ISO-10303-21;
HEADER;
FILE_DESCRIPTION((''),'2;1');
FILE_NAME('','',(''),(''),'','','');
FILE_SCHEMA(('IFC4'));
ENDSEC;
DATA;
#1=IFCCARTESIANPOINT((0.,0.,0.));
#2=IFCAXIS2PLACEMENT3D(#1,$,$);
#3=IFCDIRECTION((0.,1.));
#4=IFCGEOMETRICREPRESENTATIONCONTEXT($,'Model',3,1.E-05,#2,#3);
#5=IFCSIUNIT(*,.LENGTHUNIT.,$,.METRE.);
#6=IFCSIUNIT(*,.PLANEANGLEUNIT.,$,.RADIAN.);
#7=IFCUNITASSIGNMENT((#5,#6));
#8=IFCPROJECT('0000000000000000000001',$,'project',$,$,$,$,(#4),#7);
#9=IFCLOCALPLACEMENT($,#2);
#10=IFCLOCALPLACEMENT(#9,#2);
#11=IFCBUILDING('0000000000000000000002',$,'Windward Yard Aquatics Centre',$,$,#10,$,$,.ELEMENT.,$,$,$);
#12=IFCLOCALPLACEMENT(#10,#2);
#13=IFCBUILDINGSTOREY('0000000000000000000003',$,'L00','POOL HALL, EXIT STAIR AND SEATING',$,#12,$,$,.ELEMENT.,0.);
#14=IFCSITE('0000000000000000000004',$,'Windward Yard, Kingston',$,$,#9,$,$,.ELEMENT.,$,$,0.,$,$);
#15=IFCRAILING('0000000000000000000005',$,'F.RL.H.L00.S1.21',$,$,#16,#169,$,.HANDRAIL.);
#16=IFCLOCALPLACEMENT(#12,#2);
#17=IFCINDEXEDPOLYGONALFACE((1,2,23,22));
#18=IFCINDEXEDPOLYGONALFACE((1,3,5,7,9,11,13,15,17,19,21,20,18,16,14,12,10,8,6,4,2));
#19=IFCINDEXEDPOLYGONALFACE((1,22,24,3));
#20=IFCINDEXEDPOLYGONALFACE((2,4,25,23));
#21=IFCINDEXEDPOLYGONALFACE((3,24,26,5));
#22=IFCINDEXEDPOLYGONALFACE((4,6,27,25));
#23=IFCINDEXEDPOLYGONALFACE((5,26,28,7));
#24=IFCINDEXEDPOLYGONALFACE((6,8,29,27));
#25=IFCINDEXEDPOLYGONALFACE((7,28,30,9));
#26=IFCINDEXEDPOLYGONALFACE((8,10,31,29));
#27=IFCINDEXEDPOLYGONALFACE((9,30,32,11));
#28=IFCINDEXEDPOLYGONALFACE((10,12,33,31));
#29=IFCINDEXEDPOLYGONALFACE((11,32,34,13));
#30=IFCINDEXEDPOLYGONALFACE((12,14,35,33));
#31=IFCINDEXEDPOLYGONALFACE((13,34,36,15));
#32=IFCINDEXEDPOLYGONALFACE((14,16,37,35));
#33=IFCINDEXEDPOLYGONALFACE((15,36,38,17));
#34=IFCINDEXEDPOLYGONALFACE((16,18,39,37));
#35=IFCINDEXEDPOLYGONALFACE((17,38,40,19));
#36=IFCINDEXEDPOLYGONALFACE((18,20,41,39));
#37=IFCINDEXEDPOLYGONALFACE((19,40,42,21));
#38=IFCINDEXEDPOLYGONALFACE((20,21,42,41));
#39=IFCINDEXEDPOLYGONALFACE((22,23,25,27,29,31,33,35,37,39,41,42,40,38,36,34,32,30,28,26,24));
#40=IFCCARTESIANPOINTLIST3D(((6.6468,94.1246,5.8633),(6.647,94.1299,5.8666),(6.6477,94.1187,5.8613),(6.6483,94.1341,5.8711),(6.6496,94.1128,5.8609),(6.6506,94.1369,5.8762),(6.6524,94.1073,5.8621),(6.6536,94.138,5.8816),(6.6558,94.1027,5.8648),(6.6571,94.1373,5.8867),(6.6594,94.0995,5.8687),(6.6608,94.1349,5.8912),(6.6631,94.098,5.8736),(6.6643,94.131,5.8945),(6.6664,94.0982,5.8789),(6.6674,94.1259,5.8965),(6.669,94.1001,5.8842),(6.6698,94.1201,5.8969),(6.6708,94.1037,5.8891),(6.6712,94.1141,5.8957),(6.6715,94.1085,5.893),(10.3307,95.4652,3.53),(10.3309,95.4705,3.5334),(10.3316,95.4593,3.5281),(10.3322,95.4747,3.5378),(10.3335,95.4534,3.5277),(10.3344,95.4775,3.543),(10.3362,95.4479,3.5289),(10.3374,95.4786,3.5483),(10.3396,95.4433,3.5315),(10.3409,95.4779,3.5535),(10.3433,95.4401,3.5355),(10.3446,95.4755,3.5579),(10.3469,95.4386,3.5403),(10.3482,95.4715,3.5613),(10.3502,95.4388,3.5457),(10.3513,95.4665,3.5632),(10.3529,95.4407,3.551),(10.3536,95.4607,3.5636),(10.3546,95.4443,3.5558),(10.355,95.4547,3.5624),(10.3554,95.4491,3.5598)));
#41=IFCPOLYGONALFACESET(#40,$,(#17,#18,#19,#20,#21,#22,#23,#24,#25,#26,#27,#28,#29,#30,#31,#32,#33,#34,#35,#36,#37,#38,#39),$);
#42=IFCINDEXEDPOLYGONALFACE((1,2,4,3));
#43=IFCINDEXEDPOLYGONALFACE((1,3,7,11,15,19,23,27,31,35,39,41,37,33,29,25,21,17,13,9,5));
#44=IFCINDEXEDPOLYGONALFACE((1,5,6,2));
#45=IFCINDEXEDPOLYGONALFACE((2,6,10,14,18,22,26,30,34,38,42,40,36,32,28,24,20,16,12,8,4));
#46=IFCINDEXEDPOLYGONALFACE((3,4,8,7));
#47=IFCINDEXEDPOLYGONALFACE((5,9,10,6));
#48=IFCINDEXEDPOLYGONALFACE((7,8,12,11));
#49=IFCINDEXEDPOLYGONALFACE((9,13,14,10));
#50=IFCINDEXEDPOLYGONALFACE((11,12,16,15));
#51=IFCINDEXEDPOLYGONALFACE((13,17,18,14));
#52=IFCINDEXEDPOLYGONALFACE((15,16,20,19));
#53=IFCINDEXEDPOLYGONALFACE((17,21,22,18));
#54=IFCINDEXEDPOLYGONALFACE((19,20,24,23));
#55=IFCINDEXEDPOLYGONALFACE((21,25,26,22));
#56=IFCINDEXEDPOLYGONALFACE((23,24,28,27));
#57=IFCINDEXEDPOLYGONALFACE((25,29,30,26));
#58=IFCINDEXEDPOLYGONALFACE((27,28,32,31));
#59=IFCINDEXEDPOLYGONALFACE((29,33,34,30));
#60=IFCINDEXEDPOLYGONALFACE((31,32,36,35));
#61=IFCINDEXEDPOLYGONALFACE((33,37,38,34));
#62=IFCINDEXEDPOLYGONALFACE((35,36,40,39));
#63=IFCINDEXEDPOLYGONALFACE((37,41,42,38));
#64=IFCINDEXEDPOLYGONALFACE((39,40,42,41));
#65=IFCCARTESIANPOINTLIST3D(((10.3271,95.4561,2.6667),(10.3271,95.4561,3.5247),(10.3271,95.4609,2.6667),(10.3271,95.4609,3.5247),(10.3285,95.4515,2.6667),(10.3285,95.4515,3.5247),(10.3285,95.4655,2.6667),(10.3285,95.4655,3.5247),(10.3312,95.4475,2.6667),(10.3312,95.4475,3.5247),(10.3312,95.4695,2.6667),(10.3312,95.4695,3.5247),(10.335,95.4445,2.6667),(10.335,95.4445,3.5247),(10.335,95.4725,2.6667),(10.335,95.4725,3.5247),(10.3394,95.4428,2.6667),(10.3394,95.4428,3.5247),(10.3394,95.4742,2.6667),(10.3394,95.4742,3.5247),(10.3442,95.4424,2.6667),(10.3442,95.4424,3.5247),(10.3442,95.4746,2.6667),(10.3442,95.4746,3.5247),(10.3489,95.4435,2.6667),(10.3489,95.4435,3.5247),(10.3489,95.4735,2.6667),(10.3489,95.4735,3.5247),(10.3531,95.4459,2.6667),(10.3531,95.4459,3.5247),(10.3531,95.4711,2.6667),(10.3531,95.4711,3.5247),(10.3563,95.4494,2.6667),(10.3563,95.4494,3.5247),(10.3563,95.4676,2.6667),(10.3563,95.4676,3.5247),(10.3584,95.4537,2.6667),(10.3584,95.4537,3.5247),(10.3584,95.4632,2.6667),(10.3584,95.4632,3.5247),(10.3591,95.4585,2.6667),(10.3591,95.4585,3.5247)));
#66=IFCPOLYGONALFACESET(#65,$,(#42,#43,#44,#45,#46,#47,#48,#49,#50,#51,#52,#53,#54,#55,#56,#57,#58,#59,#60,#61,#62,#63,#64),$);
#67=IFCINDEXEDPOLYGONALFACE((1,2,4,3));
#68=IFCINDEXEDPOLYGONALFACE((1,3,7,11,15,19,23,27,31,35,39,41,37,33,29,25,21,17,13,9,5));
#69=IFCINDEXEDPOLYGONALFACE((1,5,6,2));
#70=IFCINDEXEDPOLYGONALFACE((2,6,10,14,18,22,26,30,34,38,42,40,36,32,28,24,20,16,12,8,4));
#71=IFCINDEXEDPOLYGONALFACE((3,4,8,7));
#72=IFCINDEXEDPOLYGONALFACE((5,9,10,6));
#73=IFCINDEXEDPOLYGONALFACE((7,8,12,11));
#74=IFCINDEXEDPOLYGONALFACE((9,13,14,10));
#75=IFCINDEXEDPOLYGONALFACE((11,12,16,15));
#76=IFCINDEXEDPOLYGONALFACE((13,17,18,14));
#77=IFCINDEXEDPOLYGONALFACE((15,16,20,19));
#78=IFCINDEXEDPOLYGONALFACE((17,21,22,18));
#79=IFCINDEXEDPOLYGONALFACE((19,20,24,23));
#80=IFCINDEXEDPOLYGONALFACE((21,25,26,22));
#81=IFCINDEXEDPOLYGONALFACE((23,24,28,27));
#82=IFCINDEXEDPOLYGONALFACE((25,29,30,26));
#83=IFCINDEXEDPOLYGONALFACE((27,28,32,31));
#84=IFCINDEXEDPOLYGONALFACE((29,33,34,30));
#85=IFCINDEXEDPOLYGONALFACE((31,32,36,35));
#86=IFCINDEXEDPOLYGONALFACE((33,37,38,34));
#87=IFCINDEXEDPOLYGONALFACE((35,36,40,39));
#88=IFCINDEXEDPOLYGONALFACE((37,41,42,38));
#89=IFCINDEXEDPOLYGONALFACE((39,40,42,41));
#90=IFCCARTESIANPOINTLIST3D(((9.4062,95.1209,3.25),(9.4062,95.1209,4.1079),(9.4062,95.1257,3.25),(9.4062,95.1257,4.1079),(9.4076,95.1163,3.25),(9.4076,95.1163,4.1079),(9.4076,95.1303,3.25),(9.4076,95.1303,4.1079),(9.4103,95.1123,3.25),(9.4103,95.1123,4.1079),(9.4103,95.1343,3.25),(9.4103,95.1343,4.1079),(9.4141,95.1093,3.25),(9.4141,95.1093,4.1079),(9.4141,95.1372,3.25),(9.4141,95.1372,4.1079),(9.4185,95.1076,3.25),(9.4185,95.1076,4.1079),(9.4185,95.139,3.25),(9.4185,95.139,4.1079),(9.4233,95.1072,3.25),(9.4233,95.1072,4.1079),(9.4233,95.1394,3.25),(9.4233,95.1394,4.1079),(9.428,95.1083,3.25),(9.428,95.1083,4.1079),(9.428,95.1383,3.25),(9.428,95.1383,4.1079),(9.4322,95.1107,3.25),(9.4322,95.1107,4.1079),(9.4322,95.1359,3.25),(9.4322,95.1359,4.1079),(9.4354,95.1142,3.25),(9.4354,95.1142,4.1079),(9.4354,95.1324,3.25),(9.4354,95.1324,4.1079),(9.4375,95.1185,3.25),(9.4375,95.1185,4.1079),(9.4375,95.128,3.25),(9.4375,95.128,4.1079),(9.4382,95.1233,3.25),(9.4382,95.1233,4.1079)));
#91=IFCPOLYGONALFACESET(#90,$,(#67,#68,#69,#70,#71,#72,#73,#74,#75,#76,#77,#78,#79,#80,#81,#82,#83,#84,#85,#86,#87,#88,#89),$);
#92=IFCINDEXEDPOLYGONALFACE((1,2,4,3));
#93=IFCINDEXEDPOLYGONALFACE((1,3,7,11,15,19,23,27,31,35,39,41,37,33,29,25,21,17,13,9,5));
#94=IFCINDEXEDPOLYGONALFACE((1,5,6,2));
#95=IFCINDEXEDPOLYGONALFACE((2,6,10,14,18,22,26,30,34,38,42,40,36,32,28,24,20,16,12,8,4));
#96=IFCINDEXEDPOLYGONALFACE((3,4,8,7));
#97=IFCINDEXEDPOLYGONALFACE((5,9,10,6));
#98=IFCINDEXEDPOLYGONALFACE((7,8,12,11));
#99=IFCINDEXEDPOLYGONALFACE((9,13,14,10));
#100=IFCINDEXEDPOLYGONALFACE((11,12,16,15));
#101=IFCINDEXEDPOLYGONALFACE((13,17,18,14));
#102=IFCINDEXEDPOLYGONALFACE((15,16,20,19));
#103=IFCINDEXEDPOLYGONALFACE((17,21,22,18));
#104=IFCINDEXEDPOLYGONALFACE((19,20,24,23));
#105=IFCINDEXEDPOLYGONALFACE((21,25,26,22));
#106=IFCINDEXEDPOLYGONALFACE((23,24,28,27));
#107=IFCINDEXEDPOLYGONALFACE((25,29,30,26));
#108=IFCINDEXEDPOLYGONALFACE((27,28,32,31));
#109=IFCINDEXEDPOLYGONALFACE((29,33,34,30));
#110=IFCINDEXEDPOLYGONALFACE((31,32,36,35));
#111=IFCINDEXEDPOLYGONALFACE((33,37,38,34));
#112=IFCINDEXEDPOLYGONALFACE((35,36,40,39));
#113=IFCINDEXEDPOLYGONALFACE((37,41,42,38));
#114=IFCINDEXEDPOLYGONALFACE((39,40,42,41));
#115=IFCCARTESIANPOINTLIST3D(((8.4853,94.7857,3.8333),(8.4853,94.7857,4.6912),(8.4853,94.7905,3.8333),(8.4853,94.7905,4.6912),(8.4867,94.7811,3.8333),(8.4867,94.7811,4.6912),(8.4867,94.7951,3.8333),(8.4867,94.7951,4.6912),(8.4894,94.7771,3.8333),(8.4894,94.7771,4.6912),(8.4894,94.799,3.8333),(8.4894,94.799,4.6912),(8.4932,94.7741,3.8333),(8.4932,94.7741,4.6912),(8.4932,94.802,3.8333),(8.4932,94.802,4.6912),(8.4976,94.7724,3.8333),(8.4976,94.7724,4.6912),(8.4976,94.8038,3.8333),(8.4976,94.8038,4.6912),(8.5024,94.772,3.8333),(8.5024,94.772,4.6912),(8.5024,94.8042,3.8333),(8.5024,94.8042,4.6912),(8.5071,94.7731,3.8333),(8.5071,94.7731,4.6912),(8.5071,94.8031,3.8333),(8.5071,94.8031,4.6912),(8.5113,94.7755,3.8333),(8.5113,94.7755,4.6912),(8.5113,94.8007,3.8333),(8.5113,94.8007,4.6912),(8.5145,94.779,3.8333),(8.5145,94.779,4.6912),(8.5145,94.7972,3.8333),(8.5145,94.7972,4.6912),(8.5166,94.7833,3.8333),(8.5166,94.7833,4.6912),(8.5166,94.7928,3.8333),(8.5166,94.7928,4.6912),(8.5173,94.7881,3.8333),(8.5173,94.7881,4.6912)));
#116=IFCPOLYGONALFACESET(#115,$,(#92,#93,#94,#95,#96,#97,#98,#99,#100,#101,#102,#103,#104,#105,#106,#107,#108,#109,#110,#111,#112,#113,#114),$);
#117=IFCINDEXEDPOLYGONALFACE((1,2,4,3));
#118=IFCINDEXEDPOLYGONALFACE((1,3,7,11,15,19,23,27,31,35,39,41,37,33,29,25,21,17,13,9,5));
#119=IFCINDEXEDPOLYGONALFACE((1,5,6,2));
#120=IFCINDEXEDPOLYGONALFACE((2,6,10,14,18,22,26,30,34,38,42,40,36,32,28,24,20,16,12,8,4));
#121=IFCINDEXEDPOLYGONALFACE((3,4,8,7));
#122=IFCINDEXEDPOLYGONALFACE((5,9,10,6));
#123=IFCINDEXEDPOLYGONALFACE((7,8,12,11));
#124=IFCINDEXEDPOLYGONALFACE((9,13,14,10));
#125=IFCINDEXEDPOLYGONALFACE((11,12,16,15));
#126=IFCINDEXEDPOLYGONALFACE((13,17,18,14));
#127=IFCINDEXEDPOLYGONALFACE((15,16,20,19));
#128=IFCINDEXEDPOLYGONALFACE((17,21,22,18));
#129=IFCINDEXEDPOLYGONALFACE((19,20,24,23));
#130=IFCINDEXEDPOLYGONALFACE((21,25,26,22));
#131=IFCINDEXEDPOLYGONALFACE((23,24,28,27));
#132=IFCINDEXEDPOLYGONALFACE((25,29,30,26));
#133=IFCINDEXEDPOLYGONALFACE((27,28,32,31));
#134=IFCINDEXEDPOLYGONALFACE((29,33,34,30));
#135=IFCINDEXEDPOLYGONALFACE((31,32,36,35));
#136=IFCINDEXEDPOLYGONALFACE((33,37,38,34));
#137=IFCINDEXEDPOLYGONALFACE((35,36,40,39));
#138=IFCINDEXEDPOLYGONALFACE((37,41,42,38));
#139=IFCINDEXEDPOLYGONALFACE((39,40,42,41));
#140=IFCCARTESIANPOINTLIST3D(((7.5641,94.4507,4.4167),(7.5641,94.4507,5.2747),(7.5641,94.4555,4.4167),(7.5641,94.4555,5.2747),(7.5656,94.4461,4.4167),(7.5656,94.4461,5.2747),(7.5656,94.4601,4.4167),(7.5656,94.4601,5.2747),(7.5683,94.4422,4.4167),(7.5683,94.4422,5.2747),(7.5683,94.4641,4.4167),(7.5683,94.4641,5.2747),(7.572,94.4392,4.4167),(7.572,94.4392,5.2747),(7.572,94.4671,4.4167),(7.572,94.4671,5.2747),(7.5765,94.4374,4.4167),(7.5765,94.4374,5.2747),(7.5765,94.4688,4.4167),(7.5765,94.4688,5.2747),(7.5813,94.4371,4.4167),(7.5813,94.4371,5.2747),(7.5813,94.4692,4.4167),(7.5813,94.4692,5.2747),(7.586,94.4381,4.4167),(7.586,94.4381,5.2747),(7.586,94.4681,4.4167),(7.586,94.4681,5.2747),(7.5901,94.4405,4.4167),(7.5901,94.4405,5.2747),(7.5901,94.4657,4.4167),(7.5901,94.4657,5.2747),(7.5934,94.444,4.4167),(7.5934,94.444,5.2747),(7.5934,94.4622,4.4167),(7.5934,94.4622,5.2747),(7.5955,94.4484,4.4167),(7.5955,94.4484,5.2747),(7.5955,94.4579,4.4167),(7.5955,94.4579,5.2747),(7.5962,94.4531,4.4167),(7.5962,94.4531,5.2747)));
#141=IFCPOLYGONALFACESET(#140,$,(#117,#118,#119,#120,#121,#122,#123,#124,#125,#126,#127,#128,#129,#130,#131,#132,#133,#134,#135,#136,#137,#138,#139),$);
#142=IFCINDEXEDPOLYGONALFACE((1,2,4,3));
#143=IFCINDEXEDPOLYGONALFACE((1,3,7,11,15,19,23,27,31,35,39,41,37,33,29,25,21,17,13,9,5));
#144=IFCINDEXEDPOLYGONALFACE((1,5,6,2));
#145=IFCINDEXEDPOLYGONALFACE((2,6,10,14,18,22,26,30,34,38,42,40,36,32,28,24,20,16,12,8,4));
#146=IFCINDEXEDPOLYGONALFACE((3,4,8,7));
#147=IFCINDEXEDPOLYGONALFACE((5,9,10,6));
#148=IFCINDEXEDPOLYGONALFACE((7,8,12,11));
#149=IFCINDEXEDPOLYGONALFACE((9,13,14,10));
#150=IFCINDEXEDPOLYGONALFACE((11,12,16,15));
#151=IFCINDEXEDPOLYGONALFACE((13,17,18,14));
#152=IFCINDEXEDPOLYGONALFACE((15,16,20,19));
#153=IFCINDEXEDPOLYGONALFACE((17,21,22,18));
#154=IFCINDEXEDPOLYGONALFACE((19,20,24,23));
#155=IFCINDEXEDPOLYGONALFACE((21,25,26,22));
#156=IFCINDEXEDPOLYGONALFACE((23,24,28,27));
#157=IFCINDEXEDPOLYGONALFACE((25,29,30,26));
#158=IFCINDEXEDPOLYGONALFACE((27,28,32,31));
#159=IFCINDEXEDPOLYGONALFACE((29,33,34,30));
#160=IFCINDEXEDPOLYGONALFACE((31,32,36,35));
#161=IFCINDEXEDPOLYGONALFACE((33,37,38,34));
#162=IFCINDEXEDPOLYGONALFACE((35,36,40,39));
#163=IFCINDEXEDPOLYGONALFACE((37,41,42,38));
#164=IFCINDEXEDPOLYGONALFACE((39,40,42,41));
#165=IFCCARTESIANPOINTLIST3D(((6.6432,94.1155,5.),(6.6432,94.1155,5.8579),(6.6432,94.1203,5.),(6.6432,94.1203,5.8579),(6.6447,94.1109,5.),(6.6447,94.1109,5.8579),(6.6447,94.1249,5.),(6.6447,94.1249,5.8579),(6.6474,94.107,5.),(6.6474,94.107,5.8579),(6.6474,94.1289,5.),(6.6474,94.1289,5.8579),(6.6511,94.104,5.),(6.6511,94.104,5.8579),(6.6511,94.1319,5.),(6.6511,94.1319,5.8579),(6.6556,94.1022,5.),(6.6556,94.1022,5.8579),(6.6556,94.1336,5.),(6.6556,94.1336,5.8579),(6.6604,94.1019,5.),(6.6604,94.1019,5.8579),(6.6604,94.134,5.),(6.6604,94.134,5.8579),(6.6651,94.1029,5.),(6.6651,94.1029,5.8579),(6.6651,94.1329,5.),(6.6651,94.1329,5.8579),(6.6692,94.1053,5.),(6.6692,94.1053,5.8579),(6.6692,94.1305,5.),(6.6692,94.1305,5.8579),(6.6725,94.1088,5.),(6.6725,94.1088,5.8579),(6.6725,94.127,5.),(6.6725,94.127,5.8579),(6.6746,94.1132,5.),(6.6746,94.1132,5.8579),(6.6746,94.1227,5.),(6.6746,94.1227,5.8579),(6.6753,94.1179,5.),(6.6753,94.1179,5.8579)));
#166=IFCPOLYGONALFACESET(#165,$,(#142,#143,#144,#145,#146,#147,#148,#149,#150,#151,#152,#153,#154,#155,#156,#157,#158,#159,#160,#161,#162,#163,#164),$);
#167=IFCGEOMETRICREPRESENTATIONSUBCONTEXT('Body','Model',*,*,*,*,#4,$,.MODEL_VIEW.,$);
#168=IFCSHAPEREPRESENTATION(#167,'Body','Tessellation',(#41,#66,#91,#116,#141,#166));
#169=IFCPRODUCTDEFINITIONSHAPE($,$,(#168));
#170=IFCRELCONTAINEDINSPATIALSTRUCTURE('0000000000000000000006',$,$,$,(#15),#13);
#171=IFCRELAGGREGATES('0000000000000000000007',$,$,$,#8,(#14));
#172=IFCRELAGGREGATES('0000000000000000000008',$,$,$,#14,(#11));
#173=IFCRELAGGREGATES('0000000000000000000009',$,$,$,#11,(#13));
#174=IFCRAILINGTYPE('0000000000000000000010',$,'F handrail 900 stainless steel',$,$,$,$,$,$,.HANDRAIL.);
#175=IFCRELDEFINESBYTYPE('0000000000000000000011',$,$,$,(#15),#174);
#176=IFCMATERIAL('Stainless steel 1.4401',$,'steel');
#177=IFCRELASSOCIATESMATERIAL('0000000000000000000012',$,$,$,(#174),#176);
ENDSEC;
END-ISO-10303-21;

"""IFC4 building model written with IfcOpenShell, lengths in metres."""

from ifc_helpers import new_model, si_unit, direction, frame, origin, origin_2d, place, context, subcontext, project, spatial, circle, extrude, material, type_object, element, save


model = new_model("IFC4")

# Units and contexts
model_context = context("Model", 3, precision=1e-05, world=origin(), true_north=direction((0.0, 1.0)))
body_context = subcontext(model_context, "Body", "Model", "MODEL_VIEW")
ifc_project = project(units=[si_unit("LENGTHUNIT", "METRE"), si_unit("PLANEANGLEUNIT", "RADIAN")], contexts=[model_context])

# Site, building, storey
site_placement = place(None, origin())
site = spatial("IfcSite", under=ifc_project, at=site_placement, Name="Windward Yard, Kingston", CompositionType="ELEMENT", RefElevation=0.0)
building_placement = place(site_placement, origin())
building = spatial("IfcBuilding", under=site, at=building_placement, Name="Windward Yard Aquatics Centre", CompositionType="ELEMENT")
storey_placement = place(building_placement, origin())
storey = spatial("IfcBuildingStorey", under=building, at=storey_placement, Name="L00", Description="POOL HALL, EXIT STAIR AND SEATING", CompositionType="ELEMENT", Elevation=0.0)

# Railing
ifc_material_1 = material(Name="Stainless steel 1.4401", Category="steel")
railing_type = type_object("IfcRailingType", Name="F handrail 900 stainless steel", PredefinedType="HANDRAIL", material=ifc_material_1)
railing_1_placement = place(storey_placement, frame((10.343, 95.4585, 2.6667)))
element("IfcRailing", 1, at=railing_1_placement, inside=storey, type_object=railing_type, Name="F.RL.H.L00.S1.21", PredefinedType="HANDRAIL", context=body_context, shape_type="SweptSolid", body=[
    extrude(circle(Radius=0.021, at=origin_2d()), frame((0.0, 0.0, 0.8789), z_axis=(-0.807504, -0.293857, 0.511453), x_axis=(0.341968, -0.939712, 0.0)), (0.0, 0.0, 1.0), 4.562),
    extrude(circle(Radius=0.0161, at=origin_2d()), origin(), (0.0, 0.0, 1.0), 0.8579),
    extrude(circle(Radius=0.0161, at=origin_2d()), frame((-0.9209, -0.3352, 0.5833)), (0.0, 0.0, 1.0), 0.8579),
    extrude(circle(Radius=0.0161, at=origin_2d()), frame((-1.8418, -0.6704, 1.1665)), (0.0, 0.0, 1.0), 0.8579),
    extrude(circle(Radius=0.0161, at=origin_2d()), frame((-2.7629, -1.0054, 1.75)), (0.0, 0.0, 1.0), 0.8579),
    extrude(circle(Radius=0.0161, at=origin_2d()), frame((-3.6838, -1.3406, 2.3333)), (0.0, 0.0, 1.0), 0.8579),
])

save(model, "model.ifc")
